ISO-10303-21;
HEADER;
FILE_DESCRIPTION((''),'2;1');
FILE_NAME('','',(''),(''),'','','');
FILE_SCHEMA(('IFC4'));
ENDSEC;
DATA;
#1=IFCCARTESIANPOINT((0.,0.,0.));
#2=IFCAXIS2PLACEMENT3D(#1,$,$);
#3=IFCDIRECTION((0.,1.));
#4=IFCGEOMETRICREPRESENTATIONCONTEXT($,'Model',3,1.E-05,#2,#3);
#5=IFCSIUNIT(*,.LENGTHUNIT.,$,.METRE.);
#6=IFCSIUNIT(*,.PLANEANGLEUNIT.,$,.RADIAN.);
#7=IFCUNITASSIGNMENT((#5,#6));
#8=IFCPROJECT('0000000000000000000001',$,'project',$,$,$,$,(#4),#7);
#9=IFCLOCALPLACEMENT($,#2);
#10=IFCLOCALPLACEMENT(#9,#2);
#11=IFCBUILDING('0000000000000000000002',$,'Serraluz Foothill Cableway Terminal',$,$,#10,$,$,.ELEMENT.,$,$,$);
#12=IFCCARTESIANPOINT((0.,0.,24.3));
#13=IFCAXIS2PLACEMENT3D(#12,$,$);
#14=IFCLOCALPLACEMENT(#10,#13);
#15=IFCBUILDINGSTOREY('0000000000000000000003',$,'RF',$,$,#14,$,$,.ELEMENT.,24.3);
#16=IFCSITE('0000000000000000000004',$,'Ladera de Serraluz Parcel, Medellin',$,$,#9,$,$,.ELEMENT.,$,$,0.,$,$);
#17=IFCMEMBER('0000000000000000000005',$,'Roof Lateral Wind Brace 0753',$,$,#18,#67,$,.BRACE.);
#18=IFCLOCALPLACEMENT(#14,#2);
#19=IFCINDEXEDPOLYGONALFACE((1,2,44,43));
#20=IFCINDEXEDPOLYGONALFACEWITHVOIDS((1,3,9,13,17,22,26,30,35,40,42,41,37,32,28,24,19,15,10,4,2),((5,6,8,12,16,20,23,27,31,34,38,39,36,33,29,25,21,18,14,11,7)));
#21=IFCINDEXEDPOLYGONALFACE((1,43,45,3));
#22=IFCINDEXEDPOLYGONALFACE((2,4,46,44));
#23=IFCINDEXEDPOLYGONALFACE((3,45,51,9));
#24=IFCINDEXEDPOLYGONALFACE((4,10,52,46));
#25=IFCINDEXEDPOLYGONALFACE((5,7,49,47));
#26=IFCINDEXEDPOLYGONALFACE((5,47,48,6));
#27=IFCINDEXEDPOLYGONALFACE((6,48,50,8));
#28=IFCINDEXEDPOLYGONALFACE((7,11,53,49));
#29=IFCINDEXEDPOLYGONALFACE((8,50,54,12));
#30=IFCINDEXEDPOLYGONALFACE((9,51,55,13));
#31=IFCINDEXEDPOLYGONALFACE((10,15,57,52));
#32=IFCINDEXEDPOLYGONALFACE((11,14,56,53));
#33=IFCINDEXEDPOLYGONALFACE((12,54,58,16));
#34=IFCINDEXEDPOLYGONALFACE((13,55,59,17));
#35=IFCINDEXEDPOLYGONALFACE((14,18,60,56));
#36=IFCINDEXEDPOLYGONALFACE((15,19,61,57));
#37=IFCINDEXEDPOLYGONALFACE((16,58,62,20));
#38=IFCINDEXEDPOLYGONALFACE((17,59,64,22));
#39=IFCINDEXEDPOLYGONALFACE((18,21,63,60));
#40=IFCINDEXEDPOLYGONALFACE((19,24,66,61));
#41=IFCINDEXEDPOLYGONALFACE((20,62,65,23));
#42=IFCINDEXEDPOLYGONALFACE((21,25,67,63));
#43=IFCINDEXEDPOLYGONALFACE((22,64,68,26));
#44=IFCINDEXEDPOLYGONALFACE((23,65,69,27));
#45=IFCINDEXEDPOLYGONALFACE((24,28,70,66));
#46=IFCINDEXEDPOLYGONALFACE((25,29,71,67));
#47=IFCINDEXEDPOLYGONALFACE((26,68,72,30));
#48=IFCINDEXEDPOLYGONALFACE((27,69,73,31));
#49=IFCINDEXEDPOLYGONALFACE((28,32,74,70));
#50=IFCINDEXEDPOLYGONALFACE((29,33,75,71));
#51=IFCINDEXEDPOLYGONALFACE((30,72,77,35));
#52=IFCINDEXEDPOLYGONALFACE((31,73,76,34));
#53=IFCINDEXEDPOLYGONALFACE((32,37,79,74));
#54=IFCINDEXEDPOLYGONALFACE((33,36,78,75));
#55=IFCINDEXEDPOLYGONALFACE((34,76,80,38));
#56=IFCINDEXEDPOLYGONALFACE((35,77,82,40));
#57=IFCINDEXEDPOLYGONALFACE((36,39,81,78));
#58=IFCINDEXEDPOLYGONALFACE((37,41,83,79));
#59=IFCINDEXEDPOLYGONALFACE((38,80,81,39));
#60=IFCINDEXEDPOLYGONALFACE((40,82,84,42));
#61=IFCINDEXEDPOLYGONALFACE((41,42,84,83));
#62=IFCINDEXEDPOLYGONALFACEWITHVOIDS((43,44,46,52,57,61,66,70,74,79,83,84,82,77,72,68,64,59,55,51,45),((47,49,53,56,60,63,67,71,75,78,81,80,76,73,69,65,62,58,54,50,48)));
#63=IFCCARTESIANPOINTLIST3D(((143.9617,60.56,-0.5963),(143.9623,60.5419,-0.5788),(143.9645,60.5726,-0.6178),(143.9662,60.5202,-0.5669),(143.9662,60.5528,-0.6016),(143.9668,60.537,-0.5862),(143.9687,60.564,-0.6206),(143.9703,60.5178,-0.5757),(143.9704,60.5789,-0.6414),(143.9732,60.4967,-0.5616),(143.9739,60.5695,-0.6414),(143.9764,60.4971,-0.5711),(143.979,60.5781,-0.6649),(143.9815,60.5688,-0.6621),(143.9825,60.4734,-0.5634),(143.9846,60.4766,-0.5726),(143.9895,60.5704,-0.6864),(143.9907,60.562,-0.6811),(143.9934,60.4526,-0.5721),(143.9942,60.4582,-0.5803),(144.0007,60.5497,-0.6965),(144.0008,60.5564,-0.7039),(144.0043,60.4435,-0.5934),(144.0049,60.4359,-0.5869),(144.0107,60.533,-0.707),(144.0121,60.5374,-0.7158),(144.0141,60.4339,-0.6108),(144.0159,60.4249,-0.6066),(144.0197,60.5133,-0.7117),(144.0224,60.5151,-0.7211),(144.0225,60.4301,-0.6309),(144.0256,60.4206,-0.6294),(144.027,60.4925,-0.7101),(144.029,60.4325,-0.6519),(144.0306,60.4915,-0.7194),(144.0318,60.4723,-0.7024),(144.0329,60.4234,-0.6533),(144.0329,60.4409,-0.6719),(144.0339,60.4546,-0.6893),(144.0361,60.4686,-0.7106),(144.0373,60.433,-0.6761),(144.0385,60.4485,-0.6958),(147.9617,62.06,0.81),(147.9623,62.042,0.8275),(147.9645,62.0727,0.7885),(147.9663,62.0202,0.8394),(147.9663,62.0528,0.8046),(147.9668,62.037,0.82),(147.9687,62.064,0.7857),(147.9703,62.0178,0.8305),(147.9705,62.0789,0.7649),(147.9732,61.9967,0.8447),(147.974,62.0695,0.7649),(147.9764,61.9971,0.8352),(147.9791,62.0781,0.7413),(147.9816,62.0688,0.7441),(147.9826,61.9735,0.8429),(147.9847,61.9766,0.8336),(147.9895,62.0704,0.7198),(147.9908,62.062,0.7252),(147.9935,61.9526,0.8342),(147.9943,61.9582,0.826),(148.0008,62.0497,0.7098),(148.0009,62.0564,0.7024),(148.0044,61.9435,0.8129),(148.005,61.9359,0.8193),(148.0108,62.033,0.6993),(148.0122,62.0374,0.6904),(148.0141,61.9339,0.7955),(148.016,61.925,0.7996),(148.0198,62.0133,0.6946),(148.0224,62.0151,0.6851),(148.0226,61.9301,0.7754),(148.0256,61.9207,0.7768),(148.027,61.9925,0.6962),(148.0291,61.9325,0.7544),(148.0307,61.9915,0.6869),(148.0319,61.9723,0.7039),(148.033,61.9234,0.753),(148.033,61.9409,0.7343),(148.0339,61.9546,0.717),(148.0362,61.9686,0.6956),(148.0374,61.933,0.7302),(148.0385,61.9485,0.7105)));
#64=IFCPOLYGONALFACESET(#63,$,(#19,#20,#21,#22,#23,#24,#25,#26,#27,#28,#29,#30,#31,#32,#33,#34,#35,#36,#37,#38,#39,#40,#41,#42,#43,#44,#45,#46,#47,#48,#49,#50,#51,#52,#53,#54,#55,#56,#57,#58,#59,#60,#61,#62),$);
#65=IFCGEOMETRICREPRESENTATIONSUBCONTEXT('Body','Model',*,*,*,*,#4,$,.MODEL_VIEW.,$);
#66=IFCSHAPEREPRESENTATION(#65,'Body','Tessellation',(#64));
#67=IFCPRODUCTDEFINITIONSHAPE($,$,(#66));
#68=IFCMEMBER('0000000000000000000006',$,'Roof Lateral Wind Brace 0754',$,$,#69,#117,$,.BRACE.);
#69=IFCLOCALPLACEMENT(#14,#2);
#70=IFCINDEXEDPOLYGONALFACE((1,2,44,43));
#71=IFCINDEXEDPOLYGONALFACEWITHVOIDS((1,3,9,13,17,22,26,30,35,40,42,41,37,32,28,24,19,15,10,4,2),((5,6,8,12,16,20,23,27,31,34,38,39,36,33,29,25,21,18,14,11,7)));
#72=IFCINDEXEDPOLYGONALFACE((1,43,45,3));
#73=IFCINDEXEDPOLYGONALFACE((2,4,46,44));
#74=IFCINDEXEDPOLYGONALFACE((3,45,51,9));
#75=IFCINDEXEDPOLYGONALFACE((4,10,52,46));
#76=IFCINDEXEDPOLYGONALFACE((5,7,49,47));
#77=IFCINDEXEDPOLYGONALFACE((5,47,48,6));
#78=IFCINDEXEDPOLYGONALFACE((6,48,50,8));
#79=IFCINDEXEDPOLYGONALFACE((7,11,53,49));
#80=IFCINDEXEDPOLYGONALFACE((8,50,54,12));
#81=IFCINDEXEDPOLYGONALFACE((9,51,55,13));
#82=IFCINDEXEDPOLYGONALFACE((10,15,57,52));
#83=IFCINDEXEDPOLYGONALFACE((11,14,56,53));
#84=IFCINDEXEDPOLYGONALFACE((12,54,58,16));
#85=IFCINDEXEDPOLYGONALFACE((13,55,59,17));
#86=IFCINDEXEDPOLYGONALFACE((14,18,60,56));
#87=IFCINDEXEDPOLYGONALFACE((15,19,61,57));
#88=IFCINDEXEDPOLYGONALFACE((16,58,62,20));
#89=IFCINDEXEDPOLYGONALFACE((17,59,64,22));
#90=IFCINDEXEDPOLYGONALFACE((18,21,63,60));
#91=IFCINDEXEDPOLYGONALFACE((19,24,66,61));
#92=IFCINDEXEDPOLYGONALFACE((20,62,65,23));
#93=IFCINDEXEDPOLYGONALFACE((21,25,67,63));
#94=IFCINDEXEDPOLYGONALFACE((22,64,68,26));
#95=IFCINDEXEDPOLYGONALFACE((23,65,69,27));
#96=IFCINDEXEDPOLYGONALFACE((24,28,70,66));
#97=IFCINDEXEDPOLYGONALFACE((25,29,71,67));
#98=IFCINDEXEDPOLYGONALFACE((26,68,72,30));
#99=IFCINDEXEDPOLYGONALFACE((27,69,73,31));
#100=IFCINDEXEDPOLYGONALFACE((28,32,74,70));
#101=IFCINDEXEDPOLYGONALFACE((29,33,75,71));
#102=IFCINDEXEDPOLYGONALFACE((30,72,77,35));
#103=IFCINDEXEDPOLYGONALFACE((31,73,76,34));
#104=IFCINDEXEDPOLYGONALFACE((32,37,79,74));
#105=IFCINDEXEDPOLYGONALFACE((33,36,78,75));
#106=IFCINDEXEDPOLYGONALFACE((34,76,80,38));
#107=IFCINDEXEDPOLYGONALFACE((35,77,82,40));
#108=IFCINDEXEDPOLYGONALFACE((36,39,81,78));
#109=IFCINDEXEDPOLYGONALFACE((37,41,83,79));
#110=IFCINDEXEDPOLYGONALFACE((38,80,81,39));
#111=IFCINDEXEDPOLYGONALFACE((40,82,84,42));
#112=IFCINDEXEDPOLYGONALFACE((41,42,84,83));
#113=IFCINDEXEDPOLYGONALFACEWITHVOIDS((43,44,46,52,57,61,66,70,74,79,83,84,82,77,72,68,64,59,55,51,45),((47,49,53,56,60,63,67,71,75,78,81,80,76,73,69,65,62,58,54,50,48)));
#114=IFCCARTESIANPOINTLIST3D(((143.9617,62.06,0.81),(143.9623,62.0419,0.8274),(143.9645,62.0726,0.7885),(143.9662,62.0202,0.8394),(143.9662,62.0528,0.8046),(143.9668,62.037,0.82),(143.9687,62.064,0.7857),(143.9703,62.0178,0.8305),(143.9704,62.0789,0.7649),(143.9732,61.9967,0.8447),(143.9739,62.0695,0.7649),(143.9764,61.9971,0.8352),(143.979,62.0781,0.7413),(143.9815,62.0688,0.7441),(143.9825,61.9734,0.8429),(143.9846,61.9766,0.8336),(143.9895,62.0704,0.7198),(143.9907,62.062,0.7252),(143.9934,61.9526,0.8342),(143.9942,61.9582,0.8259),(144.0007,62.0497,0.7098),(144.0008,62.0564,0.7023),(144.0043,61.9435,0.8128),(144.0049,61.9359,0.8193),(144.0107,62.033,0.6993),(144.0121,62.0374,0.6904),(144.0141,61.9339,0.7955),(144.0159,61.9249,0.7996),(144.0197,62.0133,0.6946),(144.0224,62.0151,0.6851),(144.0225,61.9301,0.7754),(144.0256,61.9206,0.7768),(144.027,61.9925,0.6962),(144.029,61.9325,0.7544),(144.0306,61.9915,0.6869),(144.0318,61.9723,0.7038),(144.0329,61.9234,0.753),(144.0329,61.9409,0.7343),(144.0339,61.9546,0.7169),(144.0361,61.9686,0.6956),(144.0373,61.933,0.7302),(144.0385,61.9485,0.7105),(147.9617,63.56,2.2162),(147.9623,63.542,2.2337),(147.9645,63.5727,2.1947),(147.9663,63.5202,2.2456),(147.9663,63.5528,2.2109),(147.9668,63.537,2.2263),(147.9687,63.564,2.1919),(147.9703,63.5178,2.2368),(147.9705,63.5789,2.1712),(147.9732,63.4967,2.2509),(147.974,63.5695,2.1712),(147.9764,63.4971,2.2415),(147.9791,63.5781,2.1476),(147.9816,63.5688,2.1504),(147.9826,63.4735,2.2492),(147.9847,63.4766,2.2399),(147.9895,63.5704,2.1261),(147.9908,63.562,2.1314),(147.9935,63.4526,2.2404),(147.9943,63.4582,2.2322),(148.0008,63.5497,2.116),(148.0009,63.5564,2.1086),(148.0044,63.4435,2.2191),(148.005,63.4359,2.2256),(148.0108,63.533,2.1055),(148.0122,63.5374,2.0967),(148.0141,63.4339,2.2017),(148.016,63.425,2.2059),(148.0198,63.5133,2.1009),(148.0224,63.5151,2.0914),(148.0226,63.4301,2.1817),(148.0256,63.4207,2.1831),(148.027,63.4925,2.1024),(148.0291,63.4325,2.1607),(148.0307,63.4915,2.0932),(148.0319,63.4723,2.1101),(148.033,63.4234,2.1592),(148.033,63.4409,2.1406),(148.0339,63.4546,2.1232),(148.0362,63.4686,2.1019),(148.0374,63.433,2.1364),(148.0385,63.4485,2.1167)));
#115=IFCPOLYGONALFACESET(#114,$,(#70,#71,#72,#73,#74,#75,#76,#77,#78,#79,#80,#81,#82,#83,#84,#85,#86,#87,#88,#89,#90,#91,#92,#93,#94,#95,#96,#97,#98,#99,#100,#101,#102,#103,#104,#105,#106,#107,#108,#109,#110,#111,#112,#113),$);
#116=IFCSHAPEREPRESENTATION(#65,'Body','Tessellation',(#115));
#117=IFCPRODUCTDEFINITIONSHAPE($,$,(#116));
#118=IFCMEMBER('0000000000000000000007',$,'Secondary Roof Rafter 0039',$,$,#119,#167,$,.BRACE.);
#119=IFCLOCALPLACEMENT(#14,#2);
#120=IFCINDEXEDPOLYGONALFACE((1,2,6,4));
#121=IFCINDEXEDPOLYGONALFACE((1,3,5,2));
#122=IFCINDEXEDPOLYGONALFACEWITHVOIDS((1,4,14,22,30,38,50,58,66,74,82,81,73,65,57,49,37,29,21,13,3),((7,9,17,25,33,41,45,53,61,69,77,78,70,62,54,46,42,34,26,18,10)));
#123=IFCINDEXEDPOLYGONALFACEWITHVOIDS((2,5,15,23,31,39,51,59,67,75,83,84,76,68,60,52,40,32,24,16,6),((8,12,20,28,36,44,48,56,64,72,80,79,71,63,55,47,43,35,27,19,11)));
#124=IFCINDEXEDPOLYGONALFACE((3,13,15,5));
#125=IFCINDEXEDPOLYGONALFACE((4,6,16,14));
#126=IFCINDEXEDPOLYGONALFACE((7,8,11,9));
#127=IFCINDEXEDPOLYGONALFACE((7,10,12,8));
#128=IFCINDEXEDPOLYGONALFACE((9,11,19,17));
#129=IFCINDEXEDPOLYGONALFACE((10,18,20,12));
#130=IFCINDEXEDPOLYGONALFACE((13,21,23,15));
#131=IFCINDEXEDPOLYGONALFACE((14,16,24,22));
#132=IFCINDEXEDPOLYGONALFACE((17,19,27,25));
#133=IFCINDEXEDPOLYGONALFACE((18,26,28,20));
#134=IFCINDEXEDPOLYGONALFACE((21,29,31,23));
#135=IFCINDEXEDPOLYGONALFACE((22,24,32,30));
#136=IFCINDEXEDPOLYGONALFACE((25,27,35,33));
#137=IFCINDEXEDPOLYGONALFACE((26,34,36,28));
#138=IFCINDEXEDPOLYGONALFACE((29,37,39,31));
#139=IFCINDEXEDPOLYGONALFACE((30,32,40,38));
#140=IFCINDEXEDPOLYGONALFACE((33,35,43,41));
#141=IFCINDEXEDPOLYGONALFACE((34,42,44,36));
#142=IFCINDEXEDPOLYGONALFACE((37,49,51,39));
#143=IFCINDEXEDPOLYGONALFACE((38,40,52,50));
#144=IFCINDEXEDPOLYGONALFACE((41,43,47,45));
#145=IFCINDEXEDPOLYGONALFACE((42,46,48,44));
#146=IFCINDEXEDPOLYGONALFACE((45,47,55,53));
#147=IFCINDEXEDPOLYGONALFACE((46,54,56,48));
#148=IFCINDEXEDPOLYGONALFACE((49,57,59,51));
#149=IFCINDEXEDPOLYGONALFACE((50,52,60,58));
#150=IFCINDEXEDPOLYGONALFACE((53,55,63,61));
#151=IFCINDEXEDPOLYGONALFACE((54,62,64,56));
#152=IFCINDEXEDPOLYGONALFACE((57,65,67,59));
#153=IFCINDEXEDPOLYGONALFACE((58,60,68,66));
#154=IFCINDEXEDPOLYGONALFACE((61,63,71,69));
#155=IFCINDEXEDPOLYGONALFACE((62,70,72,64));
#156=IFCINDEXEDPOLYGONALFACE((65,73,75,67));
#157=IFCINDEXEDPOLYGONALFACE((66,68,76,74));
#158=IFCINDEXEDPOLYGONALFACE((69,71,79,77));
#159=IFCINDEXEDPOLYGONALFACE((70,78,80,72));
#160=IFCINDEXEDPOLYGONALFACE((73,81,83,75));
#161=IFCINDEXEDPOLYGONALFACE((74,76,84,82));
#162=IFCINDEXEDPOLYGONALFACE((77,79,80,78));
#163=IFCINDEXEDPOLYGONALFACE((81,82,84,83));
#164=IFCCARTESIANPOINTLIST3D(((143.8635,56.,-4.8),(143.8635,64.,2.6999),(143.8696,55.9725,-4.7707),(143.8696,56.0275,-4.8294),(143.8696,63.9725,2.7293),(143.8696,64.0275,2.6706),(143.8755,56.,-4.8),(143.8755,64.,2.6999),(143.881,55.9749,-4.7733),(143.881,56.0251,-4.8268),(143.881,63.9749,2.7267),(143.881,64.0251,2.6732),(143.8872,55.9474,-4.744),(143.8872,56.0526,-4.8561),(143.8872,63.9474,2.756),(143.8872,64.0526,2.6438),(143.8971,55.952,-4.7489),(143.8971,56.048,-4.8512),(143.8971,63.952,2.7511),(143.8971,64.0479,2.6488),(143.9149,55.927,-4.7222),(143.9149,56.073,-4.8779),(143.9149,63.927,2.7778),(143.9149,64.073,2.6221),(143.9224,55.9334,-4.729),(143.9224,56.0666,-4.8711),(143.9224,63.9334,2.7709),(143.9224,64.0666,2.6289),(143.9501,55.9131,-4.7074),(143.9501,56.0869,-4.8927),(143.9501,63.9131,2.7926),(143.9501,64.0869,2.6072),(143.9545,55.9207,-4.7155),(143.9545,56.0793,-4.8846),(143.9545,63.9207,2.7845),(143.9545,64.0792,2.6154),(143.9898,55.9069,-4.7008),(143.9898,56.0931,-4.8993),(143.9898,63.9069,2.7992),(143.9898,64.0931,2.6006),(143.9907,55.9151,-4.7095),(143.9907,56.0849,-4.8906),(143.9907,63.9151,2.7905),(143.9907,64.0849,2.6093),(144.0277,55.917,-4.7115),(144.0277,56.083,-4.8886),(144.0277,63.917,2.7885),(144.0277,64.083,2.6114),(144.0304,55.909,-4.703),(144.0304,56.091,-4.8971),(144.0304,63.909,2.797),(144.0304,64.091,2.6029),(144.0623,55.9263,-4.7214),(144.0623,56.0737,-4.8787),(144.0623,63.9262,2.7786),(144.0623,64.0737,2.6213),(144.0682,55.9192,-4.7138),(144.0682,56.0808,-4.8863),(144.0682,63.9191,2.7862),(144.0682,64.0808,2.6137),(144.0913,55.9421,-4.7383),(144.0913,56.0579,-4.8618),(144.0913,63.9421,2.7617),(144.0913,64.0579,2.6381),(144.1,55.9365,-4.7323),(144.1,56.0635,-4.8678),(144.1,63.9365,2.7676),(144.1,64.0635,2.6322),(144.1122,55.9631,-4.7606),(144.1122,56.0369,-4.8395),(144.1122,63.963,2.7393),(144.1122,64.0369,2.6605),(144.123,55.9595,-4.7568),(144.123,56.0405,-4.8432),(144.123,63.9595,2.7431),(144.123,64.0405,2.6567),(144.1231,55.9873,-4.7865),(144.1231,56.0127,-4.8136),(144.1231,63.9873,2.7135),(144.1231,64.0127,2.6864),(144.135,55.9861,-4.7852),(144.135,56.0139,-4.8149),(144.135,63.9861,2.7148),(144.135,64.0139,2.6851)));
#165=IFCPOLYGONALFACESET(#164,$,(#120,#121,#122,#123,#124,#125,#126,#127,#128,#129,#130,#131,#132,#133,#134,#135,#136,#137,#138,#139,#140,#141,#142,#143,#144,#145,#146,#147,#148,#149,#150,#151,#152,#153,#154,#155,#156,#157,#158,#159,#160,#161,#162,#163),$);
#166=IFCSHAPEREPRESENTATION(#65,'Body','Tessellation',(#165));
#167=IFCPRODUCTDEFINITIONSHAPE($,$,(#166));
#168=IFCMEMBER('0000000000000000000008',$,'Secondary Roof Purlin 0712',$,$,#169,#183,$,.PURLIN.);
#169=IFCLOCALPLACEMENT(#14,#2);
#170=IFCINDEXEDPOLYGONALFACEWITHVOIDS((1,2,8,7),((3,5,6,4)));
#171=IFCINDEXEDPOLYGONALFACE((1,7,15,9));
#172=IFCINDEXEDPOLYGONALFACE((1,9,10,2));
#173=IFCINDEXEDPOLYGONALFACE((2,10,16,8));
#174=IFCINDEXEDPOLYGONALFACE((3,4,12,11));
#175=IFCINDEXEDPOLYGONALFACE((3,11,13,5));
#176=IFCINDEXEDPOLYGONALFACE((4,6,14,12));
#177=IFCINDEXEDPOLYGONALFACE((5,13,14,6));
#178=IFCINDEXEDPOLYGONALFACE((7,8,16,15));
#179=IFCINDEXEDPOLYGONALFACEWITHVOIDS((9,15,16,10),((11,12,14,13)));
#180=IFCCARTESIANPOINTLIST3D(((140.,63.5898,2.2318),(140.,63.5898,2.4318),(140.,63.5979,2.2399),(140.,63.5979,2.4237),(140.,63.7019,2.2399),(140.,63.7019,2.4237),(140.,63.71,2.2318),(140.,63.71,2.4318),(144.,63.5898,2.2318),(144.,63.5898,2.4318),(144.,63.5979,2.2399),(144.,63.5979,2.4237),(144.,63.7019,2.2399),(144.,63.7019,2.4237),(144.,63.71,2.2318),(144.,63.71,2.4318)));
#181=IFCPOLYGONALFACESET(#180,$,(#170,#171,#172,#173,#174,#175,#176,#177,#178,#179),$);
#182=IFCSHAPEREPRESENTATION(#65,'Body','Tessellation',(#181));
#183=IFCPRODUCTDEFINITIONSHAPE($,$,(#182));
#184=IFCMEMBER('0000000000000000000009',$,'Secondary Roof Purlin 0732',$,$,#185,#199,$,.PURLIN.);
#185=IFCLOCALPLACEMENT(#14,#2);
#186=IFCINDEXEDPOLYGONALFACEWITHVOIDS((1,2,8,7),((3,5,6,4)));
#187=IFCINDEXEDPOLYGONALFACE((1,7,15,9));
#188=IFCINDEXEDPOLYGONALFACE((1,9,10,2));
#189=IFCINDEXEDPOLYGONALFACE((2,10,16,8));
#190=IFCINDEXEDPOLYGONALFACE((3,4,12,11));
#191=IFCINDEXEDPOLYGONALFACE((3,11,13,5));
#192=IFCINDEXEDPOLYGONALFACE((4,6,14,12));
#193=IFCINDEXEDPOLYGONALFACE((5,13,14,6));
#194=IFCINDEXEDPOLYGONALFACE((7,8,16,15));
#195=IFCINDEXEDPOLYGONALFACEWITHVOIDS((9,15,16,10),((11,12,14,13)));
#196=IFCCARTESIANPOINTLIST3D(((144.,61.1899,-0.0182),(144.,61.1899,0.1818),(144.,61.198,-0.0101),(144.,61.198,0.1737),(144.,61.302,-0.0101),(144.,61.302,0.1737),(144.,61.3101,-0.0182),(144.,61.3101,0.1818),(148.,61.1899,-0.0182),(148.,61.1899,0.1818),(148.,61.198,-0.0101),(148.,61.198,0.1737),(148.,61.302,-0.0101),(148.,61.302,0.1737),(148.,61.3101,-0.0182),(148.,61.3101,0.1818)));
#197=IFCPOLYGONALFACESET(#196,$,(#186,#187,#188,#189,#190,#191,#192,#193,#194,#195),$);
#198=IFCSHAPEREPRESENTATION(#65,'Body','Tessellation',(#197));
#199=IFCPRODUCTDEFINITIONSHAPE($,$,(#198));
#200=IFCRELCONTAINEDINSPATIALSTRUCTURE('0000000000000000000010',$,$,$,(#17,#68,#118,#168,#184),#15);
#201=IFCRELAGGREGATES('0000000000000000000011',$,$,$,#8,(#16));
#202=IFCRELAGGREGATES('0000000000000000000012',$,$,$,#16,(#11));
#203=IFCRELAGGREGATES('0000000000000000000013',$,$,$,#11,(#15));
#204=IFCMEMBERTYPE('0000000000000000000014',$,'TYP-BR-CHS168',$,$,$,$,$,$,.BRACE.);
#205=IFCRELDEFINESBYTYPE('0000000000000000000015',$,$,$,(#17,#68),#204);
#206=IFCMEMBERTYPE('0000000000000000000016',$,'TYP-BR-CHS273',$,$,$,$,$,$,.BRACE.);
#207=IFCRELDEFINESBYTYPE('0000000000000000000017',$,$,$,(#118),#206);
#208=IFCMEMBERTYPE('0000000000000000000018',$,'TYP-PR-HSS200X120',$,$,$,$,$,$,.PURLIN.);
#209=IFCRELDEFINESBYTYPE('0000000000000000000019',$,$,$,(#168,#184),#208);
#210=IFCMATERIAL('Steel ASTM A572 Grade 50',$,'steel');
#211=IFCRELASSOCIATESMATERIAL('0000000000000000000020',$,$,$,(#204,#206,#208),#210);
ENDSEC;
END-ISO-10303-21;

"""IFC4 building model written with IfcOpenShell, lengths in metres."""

from ifc_helpers import new_model, si_unit, direction, frame, origin, origin_2d, place, context, subcontext, project, spatial, hollow_rectangle, hollow_circle, extrude, material, material_profile, profile_set, type_object, element, save


model = new_model("IFC4")

# Units and contexts
model_context = context("Model", 3, precision=1e-05, world=origin(), true_north=direction((0.0, 1.0)))
body_context = subcontext(model_context, "Body", "Model", "MODEL_VIEW")
ifc_project = project(units=[si_unit("LENGTHUNIT", "METRE"), si_unit("PLANEANGLEUNIT", "RADIAN")], contexts=[model_context])

# Site, building, storey
site_placement = place(None, origin())
site = spatial("IfcSite", under=ifc_project, at=site_placement, Name="Ladera de Serraluz Parcel, Medellin", CompositionType="ELEMENT", RefElevation=0.0)
building_placement = place(site_placement, origin())
building = spatial("IfcBuilding", under=site, at=building_placement, Name="Serraluz Foothill Cableway Terminal", CompositionType="ELEMENT")
storey_placement = place(building_placement, frame((0.0, 0.0, 24.3)))
storey = spatial("IfcBuildingStorey", under=building, at=storey_placement, Name="RF", CompositionType="ELEMENT", Elevation=24.3)

# Members
ifc_material_1 = material(Name="Steel ASTM A572 Grade 50", Category="steel")
ifc_material_profile_1 = material_profile(ifc_material_1, hollow_circle(Radius=0.0842, WallThickness=0.01, at=origin_2d()), Name="CHS168X10")
ifc_profile_set_1 = profile_set([ifc_material_profile_1], Name="Steel ASTM A572 Grade 50")
member_type_1 = type_object("IfcMemberType", Name="TYP-BR-CHS168", PredefinedType="BRACE", material=ifc_profile_set_1)
for number, where, z_axis, x_axis, name in (
    (1, (144.0, 60.5, -0.6414), (0.889382, 0.333518, 0.312673), (-0.351123, 0.936329, 0.0), "Roof Lateral Wind Brace 0753"),
    (2, (144.0, 62.0, 0.7649), (0.889382, 0.333518, 0.312673), (-0.351123, 0.936329, 0.0), "Roof Lateral Wind Brace 0754"),
):
    element("IfcMember", number, at=place(storey_placement, frame(where, z_axis=z_axis, x_axis=x_axis)), inside=storey, type_object=member_type_1, Name=name, PredefinedType="BRACE", context=body_context, shape_type="SweptSolid", body=[
        extrude(hollow_circle(Radius=0.0842, WallThickness=0.01, at=origin_2d()), origin(), (0.0, 0.0, 1.0), 4.4976),
    ])
ifc_material_profile_2 = material_profile(ifc_material_1, hollow_circle(Radius=0.1365, WallThickness=0.012, at=origin_2d()), Name="CHS273X12")
ifc_profile_set_2 = profile_set([ifc_material_profile_2], Name="Steel ASTM A572 Grade 50")
member_type_2 = type_object("IfcMemberType", Name="TYP-BR-CHS273", PredefinedType="BRACE", material=ifc_profile_set_2)
member_placement = place(storey_placement, frame((144.0, 56.0, -4.8), z_axis=(0.0, 0.729537, 0.683941), x_axis=(-1.0, 0.0, 0.0)))
element("IfcMember", 3, at=member_placement, inside=storey, type_object=member_type_2, Name="Secondary Roof Rafter 0039", PredefinedType="BRACE", context=body_context, shape_type="SweptSolid", body=[
    extrude(hollow_circle(Radius=0.1365, WallThickness=0.012, at=origin_2d()), origin(), (0.0, 0.0, 1.0), 10.9658),
])
ifc_material_profile_3 = material_profile(ifc_material_1, hollow_rectangle(XDim=0.1201, YDim=0.2, WallThickness=0.0081, at=origin_2d()), Name="HSS200X120X8")
ifc_profile_set_3 = profile_set([ifc_material_profile_3], Name="Steel ASTM A572 Grade 50")
member_type_3 = type_object("IfcMemberType", Name="TYP-PR-HSS200X120", PredefinedType="PURLIN", material=ifc_profile_set_3)
for number, where, z_axis, x_axis, name in (
    (4, (140.0, 63.6499, 2.3318), (1.0, 0.0, 0.0), (0.0, 1.0, 0.0), "Secondary Roof Purlin 0712"),
    (5, (144.0, 61.25, 0.0818), (1.0, 0.0, 0.0), (0.0, 1.0, 0.0), "Secondary Roof Purlin 0732"),
):
    element("IfcMember", number, at=place(storey_placement, frame(where, z_axis=z_axis, x_axis=x_axis)), inside=storey, type_object=member_type_3, Name=name, PredefinedType="PURLIN", context=body_context, shape_type="SweptSolid", body=[
        extrude(hollow_rectangle(XDim=0.1201, YDim=0.2, WallThickness=0.0081, at=origin_2d()), origin(), (0.0, 0.0, 1.0), 4.0),
    ])

save(model, "model.ifc")
